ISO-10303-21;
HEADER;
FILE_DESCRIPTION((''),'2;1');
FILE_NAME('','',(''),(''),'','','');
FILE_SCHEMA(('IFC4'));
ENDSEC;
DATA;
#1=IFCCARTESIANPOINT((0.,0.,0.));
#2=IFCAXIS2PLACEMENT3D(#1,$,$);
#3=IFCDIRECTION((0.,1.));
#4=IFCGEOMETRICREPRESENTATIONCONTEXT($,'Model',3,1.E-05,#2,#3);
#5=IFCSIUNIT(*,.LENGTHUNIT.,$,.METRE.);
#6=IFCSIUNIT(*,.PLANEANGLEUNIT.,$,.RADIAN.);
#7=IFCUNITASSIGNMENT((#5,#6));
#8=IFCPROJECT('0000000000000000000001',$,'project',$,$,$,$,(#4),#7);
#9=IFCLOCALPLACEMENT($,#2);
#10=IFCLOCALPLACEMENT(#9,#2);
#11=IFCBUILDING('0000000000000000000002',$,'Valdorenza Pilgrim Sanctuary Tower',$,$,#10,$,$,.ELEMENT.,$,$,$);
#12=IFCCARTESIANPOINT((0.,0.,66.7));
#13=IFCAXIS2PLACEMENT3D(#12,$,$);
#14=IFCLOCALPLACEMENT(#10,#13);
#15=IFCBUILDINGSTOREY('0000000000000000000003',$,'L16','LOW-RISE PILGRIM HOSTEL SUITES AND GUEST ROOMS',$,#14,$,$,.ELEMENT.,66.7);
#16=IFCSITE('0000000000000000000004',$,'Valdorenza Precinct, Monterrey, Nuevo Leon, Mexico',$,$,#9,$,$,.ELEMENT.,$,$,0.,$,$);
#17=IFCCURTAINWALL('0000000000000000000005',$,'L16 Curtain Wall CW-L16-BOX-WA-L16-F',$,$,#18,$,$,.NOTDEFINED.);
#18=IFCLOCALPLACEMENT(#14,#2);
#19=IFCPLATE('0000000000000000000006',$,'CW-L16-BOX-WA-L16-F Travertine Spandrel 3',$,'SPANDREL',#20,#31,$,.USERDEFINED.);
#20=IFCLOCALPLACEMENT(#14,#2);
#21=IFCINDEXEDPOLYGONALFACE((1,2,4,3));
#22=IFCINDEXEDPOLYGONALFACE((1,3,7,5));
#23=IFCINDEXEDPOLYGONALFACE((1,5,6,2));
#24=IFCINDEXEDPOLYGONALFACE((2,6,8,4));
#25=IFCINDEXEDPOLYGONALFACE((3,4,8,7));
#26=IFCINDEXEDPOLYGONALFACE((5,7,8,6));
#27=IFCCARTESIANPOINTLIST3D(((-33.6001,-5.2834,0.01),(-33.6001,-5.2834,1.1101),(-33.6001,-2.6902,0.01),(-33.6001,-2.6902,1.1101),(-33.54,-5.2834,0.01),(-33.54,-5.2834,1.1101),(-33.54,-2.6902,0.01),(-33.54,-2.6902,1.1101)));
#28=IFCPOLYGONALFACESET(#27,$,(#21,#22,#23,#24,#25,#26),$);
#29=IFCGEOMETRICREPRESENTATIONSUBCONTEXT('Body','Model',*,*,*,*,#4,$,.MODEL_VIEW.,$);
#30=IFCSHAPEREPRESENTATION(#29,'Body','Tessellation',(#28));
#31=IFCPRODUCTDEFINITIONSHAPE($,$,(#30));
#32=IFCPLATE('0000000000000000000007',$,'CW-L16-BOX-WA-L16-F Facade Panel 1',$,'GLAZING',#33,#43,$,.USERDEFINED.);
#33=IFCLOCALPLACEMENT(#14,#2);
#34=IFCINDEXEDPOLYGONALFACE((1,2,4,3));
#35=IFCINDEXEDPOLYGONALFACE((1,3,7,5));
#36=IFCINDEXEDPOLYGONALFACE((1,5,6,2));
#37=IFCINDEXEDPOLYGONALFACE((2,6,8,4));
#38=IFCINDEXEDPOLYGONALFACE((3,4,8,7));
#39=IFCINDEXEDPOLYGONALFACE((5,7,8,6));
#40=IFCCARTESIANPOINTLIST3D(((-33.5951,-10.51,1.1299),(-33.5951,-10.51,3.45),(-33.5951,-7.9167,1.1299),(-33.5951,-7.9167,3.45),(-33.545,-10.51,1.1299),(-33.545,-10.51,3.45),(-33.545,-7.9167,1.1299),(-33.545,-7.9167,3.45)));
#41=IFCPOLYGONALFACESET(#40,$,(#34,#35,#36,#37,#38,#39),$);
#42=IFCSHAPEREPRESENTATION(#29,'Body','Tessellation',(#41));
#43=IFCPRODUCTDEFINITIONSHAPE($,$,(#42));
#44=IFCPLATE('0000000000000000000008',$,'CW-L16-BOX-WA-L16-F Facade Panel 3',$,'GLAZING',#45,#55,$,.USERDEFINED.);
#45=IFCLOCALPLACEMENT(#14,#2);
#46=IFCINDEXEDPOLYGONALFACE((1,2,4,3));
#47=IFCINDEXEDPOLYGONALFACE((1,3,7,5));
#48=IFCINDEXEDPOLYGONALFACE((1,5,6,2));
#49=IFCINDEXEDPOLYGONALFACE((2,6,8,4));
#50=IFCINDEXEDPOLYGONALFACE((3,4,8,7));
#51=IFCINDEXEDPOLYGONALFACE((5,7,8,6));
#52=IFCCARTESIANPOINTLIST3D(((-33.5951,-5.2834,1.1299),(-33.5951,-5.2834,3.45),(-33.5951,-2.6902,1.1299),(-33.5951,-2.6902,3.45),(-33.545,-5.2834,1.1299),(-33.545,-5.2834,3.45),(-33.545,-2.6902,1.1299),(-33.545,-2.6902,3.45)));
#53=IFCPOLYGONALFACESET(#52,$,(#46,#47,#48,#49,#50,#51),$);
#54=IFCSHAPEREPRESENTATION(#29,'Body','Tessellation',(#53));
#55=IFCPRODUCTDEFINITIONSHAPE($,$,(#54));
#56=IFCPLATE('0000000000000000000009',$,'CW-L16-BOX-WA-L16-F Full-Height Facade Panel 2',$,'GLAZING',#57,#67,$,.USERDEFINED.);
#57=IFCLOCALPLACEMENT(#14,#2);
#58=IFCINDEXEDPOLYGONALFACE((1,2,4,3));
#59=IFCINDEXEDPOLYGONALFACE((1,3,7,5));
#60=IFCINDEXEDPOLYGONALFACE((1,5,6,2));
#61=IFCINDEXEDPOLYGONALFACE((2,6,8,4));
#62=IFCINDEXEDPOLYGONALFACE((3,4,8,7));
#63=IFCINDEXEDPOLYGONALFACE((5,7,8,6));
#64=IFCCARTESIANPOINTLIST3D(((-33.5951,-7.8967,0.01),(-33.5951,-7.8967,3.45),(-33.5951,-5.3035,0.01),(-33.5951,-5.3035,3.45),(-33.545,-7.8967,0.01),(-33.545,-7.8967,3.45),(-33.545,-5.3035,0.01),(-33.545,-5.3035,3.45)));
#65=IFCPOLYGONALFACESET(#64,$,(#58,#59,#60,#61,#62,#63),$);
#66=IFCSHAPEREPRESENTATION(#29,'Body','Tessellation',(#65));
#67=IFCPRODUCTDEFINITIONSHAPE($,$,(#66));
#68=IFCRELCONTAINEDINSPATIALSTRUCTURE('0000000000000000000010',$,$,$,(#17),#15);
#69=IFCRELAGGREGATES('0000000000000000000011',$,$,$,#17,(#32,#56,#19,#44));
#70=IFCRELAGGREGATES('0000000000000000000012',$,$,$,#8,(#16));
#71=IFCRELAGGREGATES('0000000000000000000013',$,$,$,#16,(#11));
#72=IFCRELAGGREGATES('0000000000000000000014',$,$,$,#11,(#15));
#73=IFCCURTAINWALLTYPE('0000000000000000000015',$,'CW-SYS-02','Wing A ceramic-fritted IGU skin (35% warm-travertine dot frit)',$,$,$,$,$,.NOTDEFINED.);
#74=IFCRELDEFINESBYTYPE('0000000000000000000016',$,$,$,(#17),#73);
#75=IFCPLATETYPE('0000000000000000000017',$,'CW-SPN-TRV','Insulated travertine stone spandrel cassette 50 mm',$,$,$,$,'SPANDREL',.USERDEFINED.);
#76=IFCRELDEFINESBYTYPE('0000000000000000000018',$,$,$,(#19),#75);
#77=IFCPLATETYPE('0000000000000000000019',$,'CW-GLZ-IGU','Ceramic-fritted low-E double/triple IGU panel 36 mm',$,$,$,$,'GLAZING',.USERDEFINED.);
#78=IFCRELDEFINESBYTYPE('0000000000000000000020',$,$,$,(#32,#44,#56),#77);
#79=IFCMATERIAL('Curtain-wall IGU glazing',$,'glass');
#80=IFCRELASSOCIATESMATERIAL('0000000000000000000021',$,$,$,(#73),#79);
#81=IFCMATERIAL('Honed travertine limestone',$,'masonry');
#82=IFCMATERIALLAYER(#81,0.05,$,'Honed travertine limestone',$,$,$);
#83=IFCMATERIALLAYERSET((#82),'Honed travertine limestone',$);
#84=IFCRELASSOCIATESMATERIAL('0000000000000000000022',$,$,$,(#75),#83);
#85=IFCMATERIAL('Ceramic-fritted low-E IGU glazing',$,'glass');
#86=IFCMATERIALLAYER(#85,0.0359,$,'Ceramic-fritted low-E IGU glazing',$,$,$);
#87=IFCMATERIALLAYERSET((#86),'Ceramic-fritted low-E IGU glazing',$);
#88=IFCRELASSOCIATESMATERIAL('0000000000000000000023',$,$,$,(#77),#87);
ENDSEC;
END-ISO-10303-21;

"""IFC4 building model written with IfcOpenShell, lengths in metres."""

from ifc_helpers import new_model, si_unit, direction, frame, origin, origin_2d, place, context, subcontext, project, spatial, rectangle, extrude, source, transform, mapped, material, layer, layer_set, type_object, element, aggregate, save


model = new_model("IFC4")

# Units and contexts
model_context = context("Model", 3, precision=1e-05, world=origin(), true_north=direction((0.0, 1.0)))
body_context = subcontext(model_context, "Body", "Model", "MODEL_VIEW")
ifc_project = project(units=[si_unit("LENGTHUNIT", "METRE"), si_unit("PLANEANGLEUNIT", "RADIAN")], contexts=[model_context])

# Site, building, storey
site_placement = place(None, origin())
site = spatial("IfcSite", under=ifc_project, at=site_placement, Name="Valdorenza Precinct, Monterrey, Nuevo Leon, Mexico", CompositionType="ELEMENT", RefElevation=0.0)
building_placement = place(site_placement, origin())
building = spatial("IfcBuilding", under=site, at=building_placement, Name="Valdorenza Pilgrim Sanctuary Tower", CompositionType="ELEMENT")
storey_placement = place(building_placement, frame((0.0, 0.0, 66.7)))
storey = spatial("IfcBuildingStorey", under=building, at=storey_placement, Name="L16", Description="LOW-RISE PILGRIM HOSTEL SUITES AND GUEST ROOMS", CompositionType="ELEMENT", Elevation=66.7)

# Shared definitions
ifc_material_1 = material(Name="Curtain-wall IGU glazing", Category="glass")
curtain_wall_type = type_object("IfcCurtainWallType", Name="CW-SYS-02", Description="Wing A ceramic-fritted IGU skin (35% warm-travertine dot frit)", PredefinedType="NOTDEFINED", material=ifc_material_1)

# Curtain wall
curtain_wall_1_placement = place(storey_placement, origin())
curtain_wall_1 = element("IfcCurtainWall", 1, at=curtain_wall_1_placement, inside=storey, type_object=curtain_wall_type, Name="L16 Curtain Wall CW-L16-BOX-WA-L16-F", PredefinedType="NOTDEFINED")

# Plates
ifc_material_2 = material(Name="Honed travertine limestone", Category="masonry")
ifc_layer_1 = layer(ifc_material_2, 0.05, Name="Honed travertine limestone")
ifc_layer_set_1 = layer_set([ifc_layer_1], Name="Honed travertine limestone")
plate_type_1 = type_object("IfcPlateType", Name="CW-SPN-TRV", Description="Insulated travertine stone spandrel cassette 50 mm", ElementType="SPANDREL", PredefinedType="USERDEFINED", material=ifc_layer_set_1)
ifc_material_3 = material(Name="Ceramic-fritted low-E IGU glazing", Category="glass")
ifc_layer_2 = layer(ifc_material_3, 0.0359, Name="Ceramic-fritted low-E IGU glazing")
ifc_layer_set_2 = layer_set([ifc_layer_2], Name="Ceramic-fritted low-E IGU glazing")
plate_type_2 = type_object("IfcPlateType", Name="CW-GLZ-IGU", Description="Ceramic-fritted low-E double/triple IGU panel 36 mm", ElementType="GLAZING", PredefinedType="USERDEFINED", material=ifc_layer_set_2)
shared_shape_1 = source(origin(), body_context, "Body", "SweptSolid", [
    extrude(rectangle(XDim=2.5933, YDim=0.0601, at=origin_2d()), origin(), (0.0, 0.0, 1.0), 1.1001),
])
plate_1_placement = place(storey_placement, frame((-33.5701, -3.9868, 0.01), z_axis=(0.0, 0.0, 1.0), x_axis=(0.0, 1.0, 0.0)))
plate_1 = element("IfcPlate", 2, at=plate_1_placement, type_object=plate_type_1, Name="CW-L16-BOX-WA-L16-F Travertine Spandrel 3", ObjectType="SPANDREL", PredefinedType="USERDEFINED", context=body_context, shape_type="MappedRepresentation", body=[
    mapped(shared_shape_1, transform((0.0, 0.0, 0.0), x_axis=(1.0, 0.0, 0.0), y_axis=(0.0, 1.0, 0.0), z_axis=(0.0, 0.0, 1.0), scale=1.0)),
])
shared_shape_2 = source(origin(), body_context, "Body", "SweptSolid", [
    extrude(rectangle(XDim=2.5933, YDim=0.05, at=origin_2d()), origin(), (0.0, 0.0, 1.0), 2.3201),
])
plate_2_placement = place(storey_placement, frame((-33.5701, -9.2134, 1.1299), z_axis=(0.0, 0.0, 1.0), x_axis=(0.0, 1.0, 0.0)))
plate_2 = element("IfcPlate", 3, at=plate_2_placement, type_object=plate_type_2, Name="CW-L16-BOX-WA-L16-F Facade Panel 1", ObjectType="GLAZING", PredefinedType="USERDEFINED", context=body_context, shape_type="MappedRepresentation", body=[
    mapped(shared_shape_2, transform((0.0, 0.0, 0.0), x_axis=(1.0, 0.0, 0.0), y_axis=(0.0, 1.0, 0.0), z_axis=(0.0, 0.0, 1.0), scale=1.0)),
])
plate_3_placement = place(storey_placement, frame((-33.5701, -3.9868, 1.1299), z_axis=(0.0, 0.0, 1.0), x_axis=(0.0, 1.0, 0.0)))
plate_3 = element("IfcPlate", 4, at=plate_3_placement, type_object=plate_type_2, Name="CW-L16-BOX-WA-L16-F Facade Panel 3", ObjectType="GLAZING", PredefinedType="USERDEFINED", context=body_context, shape_type="MappedRepresentation", body=[
    mapped(shared_shape_2, transform((0.0, 0.0, 0.0), x_axis=(1.0, 0.0, 0.0), y_axis=(0.0, 1.0, 0.0), z_axis=(0.0, 0.0, 1.0), scale=1.0)),
])
shared_shape_3 = source(origin(), body_context, "Body", "SweptSolid", [
    extrude(rectangle(XDim=2.5933, YDim=0.05, at=origin_2d()), origin(), (0.0, 0.0, 1.0), 3.4399),
])
plate_4_placement = place(storey_placement, frame((-33.5701, -6.6001, 0.01), z_axis=(0.0, 0.0, 1.0), x_axis=(0.0, 1.0, 0.0)))
plate_4 = element("IfcPlate", 5, at=plate_4_placement, type_object=plate_type_2, Name="CW-L16-BOX-WA-L16-F Full-Height Facade Panel 2", ObjectType="GLAZING", PredefinedType="USERDEFINED", context=body_context, shape_type="MappedRepresentation", body=[
    mapped(shared_shape_3, transform((0.0, 0.0, 0.0), x_axis=(1.0, 0.0, 0.0), y_axis=(0.0, 1.0, 0.0), z_axis=(0.0, 0.0, 1.0), scale=1.0)),
])
aggregate(curtain_wall_1, [plate_2, plate_4, plate_1, plate_3])

save(model, "model.ifc")
